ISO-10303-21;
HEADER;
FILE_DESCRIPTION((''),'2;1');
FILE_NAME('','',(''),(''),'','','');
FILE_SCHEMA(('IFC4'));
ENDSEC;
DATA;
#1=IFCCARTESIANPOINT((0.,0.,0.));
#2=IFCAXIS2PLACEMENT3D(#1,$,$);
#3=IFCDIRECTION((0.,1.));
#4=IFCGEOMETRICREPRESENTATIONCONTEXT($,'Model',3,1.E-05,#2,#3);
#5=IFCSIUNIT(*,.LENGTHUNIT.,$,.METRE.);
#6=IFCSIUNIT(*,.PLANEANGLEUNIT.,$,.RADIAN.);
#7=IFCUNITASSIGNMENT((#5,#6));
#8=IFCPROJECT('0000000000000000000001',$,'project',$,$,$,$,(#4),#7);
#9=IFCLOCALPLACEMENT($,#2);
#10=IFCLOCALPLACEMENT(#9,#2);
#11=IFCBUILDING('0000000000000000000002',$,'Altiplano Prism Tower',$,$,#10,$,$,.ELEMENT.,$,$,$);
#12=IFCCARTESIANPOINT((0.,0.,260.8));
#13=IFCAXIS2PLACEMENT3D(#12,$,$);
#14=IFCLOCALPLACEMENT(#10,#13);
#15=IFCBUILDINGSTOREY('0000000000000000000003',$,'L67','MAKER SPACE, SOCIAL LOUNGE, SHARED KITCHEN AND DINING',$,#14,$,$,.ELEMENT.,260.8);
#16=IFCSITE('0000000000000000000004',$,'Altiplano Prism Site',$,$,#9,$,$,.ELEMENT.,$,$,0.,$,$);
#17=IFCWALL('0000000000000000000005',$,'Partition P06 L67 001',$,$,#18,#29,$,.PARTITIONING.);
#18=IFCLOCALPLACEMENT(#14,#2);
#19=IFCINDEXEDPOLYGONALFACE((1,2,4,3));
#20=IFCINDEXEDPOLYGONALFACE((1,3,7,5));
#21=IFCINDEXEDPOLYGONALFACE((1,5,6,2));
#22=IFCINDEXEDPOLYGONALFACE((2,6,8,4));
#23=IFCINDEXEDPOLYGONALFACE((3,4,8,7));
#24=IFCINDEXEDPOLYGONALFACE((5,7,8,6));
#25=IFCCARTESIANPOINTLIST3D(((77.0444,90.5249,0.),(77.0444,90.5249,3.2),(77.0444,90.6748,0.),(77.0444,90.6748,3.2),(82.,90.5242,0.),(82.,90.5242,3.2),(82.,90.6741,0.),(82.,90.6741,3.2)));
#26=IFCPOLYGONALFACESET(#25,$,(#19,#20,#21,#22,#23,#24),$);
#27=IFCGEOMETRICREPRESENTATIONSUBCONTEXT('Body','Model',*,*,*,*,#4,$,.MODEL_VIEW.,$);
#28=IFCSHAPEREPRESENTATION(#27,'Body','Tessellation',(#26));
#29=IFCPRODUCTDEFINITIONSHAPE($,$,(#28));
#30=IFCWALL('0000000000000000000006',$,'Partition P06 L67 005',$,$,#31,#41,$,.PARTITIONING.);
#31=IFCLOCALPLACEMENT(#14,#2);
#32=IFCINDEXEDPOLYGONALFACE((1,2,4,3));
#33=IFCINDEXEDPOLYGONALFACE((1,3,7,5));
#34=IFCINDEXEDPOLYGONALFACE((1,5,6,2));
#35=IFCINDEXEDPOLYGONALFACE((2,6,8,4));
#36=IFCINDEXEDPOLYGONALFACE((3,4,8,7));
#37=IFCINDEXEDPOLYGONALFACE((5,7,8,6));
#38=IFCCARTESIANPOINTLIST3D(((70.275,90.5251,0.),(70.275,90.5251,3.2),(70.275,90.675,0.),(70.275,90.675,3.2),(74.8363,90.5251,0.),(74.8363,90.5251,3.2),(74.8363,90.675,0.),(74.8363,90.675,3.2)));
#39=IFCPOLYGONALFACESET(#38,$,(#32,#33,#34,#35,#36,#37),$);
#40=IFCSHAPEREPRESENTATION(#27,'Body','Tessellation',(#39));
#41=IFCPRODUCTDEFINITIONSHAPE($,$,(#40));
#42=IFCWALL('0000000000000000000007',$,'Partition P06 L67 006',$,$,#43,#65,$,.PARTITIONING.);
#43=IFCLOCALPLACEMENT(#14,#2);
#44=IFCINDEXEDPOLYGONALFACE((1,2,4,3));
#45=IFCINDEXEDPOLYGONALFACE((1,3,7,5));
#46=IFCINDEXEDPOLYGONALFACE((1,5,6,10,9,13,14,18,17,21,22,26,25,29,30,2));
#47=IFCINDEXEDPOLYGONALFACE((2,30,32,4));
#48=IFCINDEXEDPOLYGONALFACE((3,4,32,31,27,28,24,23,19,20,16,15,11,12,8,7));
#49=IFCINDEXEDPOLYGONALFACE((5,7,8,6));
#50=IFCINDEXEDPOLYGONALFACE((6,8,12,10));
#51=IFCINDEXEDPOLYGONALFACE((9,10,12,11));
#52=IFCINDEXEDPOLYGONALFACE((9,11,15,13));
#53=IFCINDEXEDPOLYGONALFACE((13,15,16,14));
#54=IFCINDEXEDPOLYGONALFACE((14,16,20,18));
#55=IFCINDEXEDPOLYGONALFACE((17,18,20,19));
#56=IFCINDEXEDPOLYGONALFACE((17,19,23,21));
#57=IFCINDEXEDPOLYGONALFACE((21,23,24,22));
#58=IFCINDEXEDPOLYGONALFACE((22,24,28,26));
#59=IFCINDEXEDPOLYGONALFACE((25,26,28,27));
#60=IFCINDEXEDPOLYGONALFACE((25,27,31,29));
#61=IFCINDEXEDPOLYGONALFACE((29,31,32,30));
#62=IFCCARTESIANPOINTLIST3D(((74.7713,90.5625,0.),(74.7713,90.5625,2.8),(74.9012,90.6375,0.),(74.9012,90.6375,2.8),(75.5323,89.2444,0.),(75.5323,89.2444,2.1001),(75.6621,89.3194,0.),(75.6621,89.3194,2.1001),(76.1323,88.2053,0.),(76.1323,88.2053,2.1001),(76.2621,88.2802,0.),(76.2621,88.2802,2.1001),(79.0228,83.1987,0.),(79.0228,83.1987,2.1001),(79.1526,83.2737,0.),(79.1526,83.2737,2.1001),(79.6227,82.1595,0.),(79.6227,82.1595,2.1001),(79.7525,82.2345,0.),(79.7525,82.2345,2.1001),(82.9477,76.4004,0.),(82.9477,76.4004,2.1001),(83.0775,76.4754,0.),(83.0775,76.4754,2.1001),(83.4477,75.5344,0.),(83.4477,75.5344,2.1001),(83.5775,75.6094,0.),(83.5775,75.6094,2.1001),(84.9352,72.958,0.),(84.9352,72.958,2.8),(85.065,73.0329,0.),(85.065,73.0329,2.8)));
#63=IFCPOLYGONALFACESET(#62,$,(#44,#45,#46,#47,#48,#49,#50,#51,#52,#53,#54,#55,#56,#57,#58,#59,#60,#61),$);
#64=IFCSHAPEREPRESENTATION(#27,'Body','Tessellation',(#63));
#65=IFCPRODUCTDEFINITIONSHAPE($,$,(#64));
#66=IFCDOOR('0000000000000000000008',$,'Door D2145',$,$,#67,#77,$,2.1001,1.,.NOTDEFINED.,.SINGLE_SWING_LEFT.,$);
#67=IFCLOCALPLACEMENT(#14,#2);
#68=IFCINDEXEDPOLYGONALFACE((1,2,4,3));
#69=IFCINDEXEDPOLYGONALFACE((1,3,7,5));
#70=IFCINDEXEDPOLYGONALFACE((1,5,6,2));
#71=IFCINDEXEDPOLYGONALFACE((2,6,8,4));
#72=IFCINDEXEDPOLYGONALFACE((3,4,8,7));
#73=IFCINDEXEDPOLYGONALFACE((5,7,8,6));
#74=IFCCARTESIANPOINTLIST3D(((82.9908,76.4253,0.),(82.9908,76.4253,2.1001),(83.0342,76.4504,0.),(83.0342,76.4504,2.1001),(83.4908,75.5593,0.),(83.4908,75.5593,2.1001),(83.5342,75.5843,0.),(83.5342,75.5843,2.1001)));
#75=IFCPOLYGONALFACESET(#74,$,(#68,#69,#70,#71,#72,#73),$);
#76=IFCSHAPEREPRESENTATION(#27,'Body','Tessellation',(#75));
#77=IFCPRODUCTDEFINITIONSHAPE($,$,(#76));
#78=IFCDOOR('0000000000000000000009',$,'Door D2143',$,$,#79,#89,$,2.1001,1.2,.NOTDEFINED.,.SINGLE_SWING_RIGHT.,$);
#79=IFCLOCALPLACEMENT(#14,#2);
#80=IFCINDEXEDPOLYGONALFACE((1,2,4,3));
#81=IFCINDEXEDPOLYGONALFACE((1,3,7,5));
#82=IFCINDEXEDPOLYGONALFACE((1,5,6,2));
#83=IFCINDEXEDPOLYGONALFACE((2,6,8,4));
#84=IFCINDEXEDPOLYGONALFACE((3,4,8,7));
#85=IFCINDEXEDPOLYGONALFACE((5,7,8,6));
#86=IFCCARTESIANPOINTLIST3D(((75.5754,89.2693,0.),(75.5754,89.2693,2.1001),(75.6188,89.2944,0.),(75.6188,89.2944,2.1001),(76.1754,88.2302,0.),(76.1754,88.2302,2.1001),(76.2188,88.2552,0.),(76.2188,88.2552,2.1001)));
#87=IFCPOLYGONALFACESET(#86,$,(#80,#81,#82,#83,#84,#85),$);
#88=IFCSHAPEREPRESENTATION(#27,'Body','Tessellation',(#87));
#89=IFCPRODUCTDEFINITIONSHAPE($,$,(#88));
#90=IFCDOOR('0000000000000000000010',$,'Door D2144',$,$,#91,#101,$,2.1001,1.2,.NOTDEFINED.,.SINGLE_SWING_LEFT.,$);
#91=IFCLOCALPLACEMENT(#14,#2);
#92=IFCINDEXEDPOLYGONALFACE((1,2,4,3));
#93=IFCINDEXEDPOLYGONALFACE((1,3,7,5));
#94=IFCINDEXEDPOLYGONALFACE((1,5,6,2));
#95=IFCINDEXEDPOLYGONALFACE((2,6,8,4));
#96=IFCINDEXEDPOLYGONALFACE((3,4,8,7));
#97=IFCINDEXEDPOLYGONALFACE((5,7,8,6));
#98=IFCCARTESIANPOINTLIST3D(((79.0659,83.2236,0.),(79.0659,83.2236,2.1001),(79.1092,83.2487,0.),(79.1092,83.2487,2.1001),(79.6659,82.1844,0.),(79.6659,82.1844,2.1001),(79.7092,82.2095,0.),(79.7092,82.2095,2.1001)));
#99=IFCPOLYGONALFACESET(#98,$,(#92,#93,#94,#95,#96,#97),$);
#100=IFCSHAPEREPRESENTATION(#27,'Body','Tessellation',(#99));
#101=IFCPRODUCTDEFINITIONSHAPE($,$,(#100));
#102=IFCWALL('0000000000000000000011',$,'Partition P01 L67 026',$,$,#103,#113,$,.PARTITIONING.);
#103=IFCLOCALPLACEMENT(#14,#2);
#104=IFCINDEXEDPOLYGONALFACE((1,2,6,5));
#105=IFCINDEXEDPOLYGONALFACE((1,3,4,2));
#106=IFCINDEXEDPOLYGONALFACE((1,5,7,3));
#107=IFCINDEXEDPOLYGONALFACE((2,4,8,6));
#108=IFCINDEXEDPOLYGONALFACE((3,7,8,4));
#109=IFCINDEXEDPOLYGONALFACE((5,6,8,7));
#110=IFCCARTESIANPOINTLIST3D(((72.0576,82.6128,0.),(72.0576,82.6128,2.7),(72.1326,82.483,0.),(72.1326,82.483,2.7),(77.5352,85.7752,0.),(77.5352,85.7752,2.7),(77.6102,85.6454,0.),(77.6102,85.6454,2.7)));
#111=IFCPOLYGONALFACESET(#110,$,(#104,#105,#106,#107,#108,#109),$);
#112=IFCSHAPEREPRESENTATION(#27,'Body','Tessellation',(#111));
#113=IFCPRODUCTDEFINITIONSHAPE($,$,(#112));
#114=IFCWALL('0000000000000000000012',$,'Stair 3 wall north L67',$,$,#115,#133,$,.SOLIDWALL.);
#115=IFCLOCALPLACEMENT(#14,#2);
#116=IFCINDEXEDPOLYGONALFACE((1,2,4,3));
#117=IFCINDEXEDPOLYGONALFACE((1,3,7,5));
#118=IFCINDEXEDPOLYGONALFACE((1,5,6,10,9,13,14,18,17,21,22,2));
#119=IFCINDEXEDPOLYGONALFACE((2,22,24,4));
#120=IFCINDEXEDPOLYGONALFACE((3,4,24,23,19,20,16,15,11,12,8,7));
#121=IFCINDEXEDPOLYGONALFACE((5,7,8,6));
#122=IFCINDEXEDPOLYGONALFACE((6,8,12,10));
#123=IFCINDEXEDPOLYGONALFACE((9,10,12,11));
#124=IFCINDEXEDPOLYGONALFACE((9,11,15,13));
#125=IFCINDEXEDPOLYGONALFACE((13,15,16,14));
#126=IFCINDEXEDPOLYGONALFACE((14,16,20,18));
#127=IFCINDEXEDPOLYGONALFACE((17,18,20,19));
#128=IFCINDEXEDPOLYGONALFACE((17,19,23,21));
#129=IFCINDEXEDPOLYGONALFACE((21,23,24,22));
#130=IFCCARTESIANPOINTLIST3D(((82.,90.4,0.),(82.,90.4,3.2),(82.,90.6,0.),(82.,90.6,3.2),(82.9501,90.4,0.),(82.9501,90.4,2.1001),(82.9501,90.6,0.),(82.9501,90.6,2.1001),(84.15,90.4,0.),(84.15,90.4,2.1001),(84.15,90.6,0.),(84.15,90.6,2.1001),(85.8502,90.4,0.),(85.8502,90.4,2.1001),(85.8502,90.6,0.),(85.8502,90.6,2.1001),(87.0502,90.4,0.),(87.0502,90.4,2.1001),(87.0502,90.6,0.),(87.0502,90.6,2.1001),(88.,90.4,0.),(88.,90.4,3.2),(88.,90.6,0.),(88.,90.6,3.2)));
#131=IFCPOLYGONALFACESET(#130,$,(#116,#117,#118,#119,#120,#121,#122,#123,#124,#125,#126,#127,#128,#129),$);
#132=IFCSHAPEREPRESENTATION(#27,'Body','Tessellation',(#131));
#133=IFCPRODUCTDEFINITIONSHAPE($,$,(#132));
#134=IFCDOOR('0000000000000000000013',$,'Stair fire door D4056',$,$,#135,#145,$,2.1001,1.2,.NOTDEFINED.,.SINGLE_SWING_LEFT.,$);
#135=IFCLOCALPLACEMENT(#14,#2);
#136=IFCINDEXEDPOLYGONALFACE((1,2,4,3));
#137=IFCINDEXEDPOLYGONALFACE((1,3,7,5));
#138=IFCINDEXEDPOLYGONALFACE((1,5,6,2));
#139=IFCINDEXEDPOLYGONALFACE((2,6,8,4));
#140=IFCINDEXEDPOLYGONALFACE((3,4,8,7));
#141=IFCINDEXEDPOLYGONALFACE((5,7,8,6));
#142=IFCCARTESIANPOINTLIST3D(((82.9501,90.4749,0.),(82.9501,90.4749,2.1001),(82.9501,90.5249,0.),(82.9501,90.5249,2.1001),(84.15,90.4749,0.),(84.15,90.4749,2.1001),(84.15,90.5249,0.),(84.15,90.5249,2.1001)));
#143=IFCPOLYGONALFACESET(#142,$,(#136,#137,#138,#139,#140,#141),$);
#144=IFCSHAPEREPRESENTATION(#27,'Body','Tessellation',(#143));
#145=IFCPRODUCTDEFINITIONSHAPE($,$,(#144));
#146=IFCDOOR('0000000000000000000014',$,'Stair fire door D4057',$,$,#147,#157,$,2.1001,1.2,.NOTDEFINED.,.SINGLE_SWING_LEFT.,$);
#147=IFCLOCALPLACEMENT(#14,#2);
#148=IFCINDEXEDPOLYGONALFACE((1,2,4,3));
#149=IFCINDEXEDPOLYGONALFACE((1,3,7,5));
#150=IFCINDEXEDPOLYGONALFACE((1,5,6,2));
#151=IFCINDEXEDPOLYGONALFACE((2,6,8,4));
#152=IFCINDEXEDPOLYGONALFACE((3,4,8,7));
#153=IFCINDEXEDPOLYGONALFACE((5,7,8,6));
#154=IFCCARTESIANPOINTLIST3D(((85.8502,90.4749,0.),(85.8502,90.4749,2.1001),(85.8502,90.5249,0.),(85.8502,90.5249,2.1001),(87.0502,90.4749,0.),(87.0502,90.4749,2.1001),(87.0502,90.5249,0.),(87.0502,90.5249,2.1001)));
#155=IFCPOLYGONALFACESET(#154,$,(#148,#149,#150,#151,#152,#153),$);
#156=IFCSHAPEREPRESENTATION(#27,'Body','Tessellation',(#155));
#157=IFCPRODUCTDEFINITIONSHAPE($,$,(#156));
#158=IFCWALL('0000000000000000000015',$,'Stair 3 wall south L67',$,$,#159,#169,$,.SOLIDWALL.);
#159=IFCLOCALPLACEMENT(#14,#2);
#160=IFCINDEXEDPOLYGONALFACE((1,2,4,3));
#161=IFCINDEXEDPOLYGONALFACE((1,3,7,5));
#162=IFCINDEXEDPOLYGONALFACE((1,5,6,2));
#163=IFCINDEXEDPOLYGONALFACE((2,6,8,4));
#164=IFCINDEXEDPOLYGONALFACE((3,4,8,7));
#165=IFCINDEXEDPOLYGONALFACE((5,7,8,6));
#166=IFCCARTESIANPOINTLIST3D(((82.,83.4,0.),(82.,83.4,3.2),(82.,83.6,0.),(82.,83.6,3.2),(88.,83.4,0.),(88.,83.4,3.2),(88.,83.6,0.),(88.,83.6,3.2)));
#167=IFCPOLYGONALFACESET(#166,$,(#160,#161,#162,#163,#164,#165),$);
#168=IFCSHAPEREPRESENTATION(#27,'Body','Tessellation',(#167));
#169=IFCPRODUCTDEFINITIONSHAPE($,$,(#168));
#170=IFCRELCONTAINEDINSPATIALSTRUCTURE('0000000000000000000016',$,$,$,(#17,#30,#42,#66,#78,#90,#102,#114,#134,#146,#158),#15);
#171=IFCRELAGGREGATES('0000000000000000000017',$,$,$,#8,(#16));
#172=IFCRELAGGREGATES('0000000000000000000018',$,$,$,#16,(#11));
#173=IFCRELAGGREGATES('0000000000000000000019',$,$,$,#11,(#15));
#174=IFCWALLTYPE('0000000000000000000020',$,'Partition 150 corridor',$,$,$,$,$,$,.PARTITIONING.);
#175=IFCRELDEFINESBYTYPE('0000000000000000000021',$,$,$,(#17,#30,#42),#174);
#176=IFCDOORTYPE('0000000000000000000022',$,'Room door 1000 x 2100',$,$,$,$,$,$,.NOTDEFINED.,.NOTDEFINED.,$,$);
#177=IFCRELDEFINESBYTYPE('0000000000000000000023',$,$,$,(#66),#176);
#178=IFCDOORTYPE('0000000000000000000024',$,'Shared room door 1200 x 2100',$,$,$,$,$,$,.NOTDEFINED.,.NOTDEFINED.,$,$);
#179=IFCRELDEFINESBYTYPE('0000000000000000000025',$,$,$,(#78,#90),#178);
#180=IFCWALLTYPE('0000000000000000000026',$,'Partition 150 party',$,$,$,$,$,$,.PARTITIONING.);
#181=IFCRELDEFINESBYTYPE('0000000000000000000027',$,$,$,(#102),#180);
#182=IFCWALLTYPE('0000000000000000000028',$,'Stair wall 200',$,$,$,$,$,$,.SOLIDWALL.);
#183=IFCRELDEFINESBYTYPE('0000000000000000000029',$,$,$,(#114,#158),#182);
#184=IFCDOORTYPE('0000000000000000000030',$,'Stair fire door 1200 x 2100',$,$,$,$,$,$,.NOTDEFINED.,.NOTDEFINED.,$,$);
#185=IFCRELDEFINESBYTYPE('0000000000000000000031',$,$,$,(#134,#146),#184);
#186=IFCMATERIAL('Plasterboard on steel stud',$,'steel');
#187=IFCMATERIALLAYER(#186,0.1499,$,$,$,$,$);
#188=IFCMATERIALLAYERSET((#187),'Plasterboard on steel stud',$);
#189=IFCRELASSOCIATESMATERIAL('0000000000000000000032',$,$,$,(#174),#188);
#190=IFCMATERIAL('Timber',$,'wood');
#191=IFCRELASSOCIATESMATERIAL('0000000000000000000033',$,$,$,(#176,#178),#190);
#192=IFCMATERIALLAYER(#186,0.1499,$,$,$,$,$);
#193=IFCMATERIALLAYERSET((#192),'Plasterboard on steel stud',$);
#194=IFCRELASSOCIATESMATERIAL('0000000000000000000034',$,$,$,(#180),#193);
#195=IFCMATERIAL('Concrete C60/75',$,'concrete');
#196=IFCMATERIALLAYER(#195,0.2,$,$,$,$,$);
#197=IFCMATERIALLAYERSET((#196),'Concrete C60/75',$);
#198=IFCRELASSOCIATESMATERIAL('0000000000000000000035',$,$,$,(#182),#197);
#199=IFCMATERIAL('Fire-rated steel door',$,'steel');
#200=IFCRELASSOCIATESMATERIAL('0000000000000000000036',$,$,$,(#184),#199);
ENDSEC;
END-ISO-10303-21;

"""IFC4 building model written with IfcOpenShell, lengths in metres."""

from ifc_helpers import new_model, si_unit, direction, frame, frame_2d, origin, place, context, subcontext, project, spatial, rectangle, extrude, material, layer, layer_set, type_object, element, fill, save


model = new_model("IFC4")

# Units and contexts
model_context = context("Model", 3, precision=1e-05, world=origin(), true_north=direction((0.0, 1.0)))
body_context = subcontext(model_context, "Body", "Model", "MODEL_VIEW")
ifc_project = project(units=[si_unit("LENGTHUNIT", "METRE"), si_unit("PLANEANGLEUNIT", "RADIAN")], contexts=[model_context])

# Site, building, storey
site_placement = place(None, origin())
site = spatial("IfcSite", under=ifc_project, at=site_placement, Name="Altiplano Prism Site", CompositionType="ELEMENT", RefElevation=0.0)
building_placement = place(site_placement, origin())
building = spatial("IfcBuilding", under=site, at=building_placement, Name="Altiplano Prism Tower", CompositionType="ELEMENT")
storey_placement = place(building_placement, frame((0.0, 0.0, 260.8)))
storey = spatial("IfcBuildingStorey", under=building, at=storey_placement, Name="L67", Description="MAKER SPACE, SOCIAL LOUNGE, SHARED KITCHEN AND DINING", CompositionType="ELEMENT", Elevation=260.8)

# Shared definitions
ifc_material_1 = material(Name="Concrete C60/75", Category="concrete")

# Walls
ifc_material_2 = material(Name="Plasterboard on steel stud", Category="steel")
ifc_layer_1 = layer(ifc_material_2, 0.1499)
ifc_layer_set_1 = layer_set([ifc_layer_1], Name="Plasterboard on steel stud")
wall_type_1 = type_object("IfcWallType", Name="Partition 150 corridor", PredefinedType="PARTITIONING", material=ifc_layer_set_1)
wall_1_placement = place(storey_placement, frame((77.0444, 90.5999, 0.0), z_axis=(0.0, 0.0, 1.0), x_axis=(1.0, -0.000148, 0.0)))
element("IfcWall", 1, at=wall_1_placement, inside=storey, type_object=wall_type_1, Name="Partition P06 L67 001", PredefinedType="PARTITIONING", context=body_context, shape_type="SweptSolid", body=[
    extrude(rectangle(XDim=4.9556, YDim=0.1499, at=frame_2d((2.4778, 0.0))), origin(), (0.0, 0.0, 1.0), 3.2),
])
wall_2_placement = place(storey_placement, frame((70.2749, 90.6001, 0.0), z_axis=(0.0, 0.0, 1.0), x_axis=(1.0, 0.0, 0.0)))
element("IfcWall", 2, at=wall_2_placement, inside=storey, type_object=wall_type_1, Name="Partition P06 L67 005", PredefinedType="PARTITIONING", context=body_context, shape_type="SweptSolid", body=[
    extrude(rectangle(XDim=4.5613, YDim=0.1499, at=frame_2d((2.2808, 0.0))), origin(), (0.0, 0.0, 1.0), 3.2),
])

# Wall, openings, doors
wall_3_placement = place(storey_placement, frame((74.8362, 90.6001, 0.0), z_axis=(0.0, 0.0, 1.0), x_axis=(0.499995, -0.866028, 0.0)))
wall_3 = element("IfcWall", 3, at=wall_3_placement, inside=storey, type_object=wall_type_1, Name="Partition P06 L67 006", PredefinedType="PARTITIONING", context=body_context, shape_type="SweptSolid", body=[
    extrude(rectangle(XDim=20.3279, YDim=0.1499, at=frame_2d((10.1641, 0.0))), origin(), (0.0, 0.0, 1.0), 2.8),
])
opening_1_placement = place(wall_3_placement, frame((1.522, 0.0, 0.0)))
opening_1 = element("IfcOpeningElement", 4, at=opening_1_placement, cuts=wall_3, PredefinedType="OPENING", context=body_context, shape_type="SweptSolid", body=[
    extrude(rectangle(XDim=1.2, YDim=2.1001, at=frame_2d((0.6001, 1.05))), frame((0.0, 0.0854, 0.0), z_axis=(0.0, -1.0, 0.0), x_axis=(1.0, 0.0, 0.0)), (0.0, 0.0, 1.0), 0.1709),
])
opening_2_placement = place(wall_3_placement, frame((8.5029, 0.0, 0.0)))
opening_2 = element("IfcOpeningElement", 5, at=opening_2_placement, cuts=wall_3, PredefinedType="OPENING", context=body_context, shape_type="SweptSolid", body=[
    extrude(rectangle(XDim=1.2, YDim=2.1001, at=frame_2d((0.6001, 1.05))), frame((0.0, 0.0854, 0.0), z_axis=(0.0, -1.0, 0.0), x_axis=(1.0, 0.0, 0.0)), (0.0, 0.0, 1.0), 0.1709),
])
opening_3_placement = place(wall_3_placement, frame((16.353, 0.0, 0.0)))
opening_3 = element("IfcOpeningElement", 6, at=opening_3_placement, cuts=wall_3, PredefinedType="OPENING", context=body_context, shape_type="SweptSolid", body=[
    extrude(rectangle(XDim=1.0, YDim=2.1001, at=frame_2d((0.5, 1.05))), frame((0.0, 0.0854, 0.0), z_axis=(0.0, -1.0, 0.0), x_axis=(1.0, 0.0, 0.0)), (0.0, 0.0, 1.0), 0.1709),
])
ifc_material_3 = material(Name="Timber", Category="wood")
door_type_1 = type_object("IfcDoorType", Name="Room door 1000 x 2100", OperationType="NOTDEFINED", PredefinedType="NOTDEFINED", material=ifc_material_3)
door_1_placement = place(opening_3_placement, origin())
door_1 = element("IfcDoor", 7, at=door_1_placement, inside=storey, type_object=door_type_1, Name="Door D2145", OperationType="SINGLE_SWING_LEFT", OverallHeight=2.1001, OverallWidth=1.0, PredefinedType="NOTDEFINED", context=body_context, shape_type="SweptSolid", body=[
    extrude(rectangle(XDim=1.0, YDim=2.1001, at=frame_2d((0.5, 1.05))), frame((0.0, 0.0249, 0.0), z_axis=(0.0, -1.0, 0.0), x_axis=(1.0, 0.0, 0.0)), (0.0, 0.0, 1.0), 0.05),
])
fill(opening_3, door_1)
door_type_2 = type_object("IfcDoorType", Name="Shared room door 1200 x 2100", OperationType="NOTDEFINED", PredefinedType="NOTDEFINED", material=ifc_material_3)
door_2_placement = place(opening_1_placement, origin())
door_2 = element("IfcDoor", 8, at=door_2_placement, inside=storey, type_object=door_type_2, Name="Door D2143", OperationType="SINGLE_SWING_RIGHT", OverallHeight=2.1001, OverallWidth=1.2, PredefinedType="NOTDEFINED", context=body_context, shape_type="SweptSolid", body=[
    extrude(rectangle(XDim=1.2, YDim=2.1001, at=frame_2d((0.6001, 1.05))), frame((0.0, 0.0249, 0.0), z_axis=(0.0, -1.0, 0.0), x_axis=(1.0, 0.0, 0.0)), (0.0, 0.0, 1.0), 0.05),
])
fill(opening_1, door_2)
door_3_placement = place(opening_2_placement, origin())
door_3 = element("IfcDoor", 9, at=door_3_placement, inside=storey, type_object=door_type_2, Name="Door D2144", OperationType="SINGLE_SWING_LEFT", OverallHeight=2.1001, OverallWidth=1.2, PredefinedType="NOTDEFINED", context=body_context, shape_type="SweptSolid", body=[
    extrude(rectangle(XDim=1.2, YDim=2.1001, at=frame_2d((0.6001, 1.05))), frame((0.0, 0.0249, 0.0), z_axis=(0.0, -1.0, 0.0), x_axis=(1.0, 0.0, 0.0)), (0.0, 0.0, 1.0), 0.05),
])
fill(opening_2, door_3)

# Wall
ifc_layer_2 = layer(ifc_material_2, 0.1499)
ifc_layer_set_2 = layer_set([ifc_layer_2], Name="Plasterboard on steel stud")
wall_type_2 = type_object("IfcWallType", Name="Partition 150 party", PredefinedType="PARTITIONING", material=ifc_layer_set_2)
wall_4_placement = place(storey_placement, frame((72.095, 82.5479, 0.0), z_axis=(0.0, 0.0, 1.0), x_axis=(0.866033, 0.499988, 0.0)))
element("IfcWall", 10, at=wall_4_placement, inside=storey, type_object=wall_type_2, Name="Partition P01 L67 026", PredefinedType="PARTITIONING", context=body_context, shape_type="SweptSolid", body=[
    extrude(rectangle(XDim=6.325, YDim=0.1499, at=frame_2d((3.1626, 0.0))), origin(), (0.0, 0.0, 1.0), 2.7),
])

# Wall, openings, doors
ifc_layer_3 = layer(ifc_material_1, 0.2)
ifc_layer_set_3 = layer_set([ifc_layer_3], Name="Concrete C60/75")
wall_type_3 = type_object("IfcWallType", Name="Stair wall 200", PredefinedType="SOLIDWALL", material=ifc_layer_set_3)
wall_5_placement = place(storey_placement, frame((82.0, 90.5, 0.0), z_axis=(0.0, 0.0, 1.0), x_axis=(1.0, 0.0, 0.0)))
wall_5 = element("IfcWall", 11, at=wall_5_placement, inside=storey, type_object=wall_type_3, Name="Stair 3 wall north L67", PredefinedType="SOLIDWALL", context=body_context, shape_type="SweptSolid", body=[
    extrude(rectangle(XDim=6.0, YDim=0.2, at=frame_2d((3.0, 0.0))), origin(), (0.0, 0.0, 1.0), 3.2),
])
opening_4_placement = place(wall_5_placement, frame((0.95, 0.0, 0.0)))
opening_4 = element("IfcOpeningElement", 12, at=opening_4_placement, cuts=wall_5, PredefinedType="OPENING", context=body_context, shape_type="SweptSolid", body=[
    extrude(rectangle(XDim=1.2, YDim=2.1001, at=frame_2d((0.6001, 1.05))), frame((0.0, 0.1104, 0.0), z_axis=(0.0, -1.0, 0.0), x_axis=(1.0, 0.0, 0.0)), (0.0, 0.0, 1.0), 0.2209),
])
opening_5_placement = place(wall_5_placement, frame((3.8501, 0.0, 0.0)))
opening_5 = element("IfcOpeningElement", 13, at=opening_5_placement, cuts=wall_5, PredefinedType="OPENING", context=body_context, shape_type="SweptSolid", body=[
    extrude(rectangle(XDim=1.2, YDim=2.1001, at=frame_2d((0.6001, 1.05))), frame((0.0, 0.1104, 0.0), z_axis=(0.0, -1.0, 0.0), x_axis=(1.0, 0.0, 0.0)), (0.0, 0.0, 1.0), 0.2209),
])
ifc_material_4 = material(Name="Fire-rated steel door", Category="steel")
door_type_3 = type_object("IfcDoorType", Name="Stair fire door 1200 x 2100", OperationType="NOTDEFINED", PredefinedType="NOTDEFINED", material=ifc_material_4)
door_4_placement = place(opening_4_placement, origin())
door_4 = element("IfcDoor", 14, at=door_4_placement, inside=storey, type_object=door_type_3, Name="Stair fire door D4056", OperationType="SINGLE_SWING_LEFT", OverallHeight=2.1001, OverallWidth=1.2, PredefinedType="NOTDEFINED", context=body_context, shape_type="SweptSolid", body=[
    extrude(rectangle(XDim=1.2, YDim=2.1001, at=frame_2d((0.6001, 1.05))), frame((0.0, 0.0249, 0.0), z_axis=(0.0, -1.0, 0.0), x_axis=(1.0, 0.0, 0.0)), (0.0, 0.0, 1.0), 0.05),
])
fill(opening_4, door_4)
door_5_placement = place(opening_5_placement, origin())
door_5 = element("IfcDoor", 15, at=door_5_placement, inside=storey, type_object=door_type_3, Name="Stair fire door D4057", OperationType="SINGLE_SWING_LEFT", OverallHeight=2.1001, OverallWidth=1.2, PredefinedType="NOTDEFINED", context=body_context, shape_type="SweptSolid", body=[
    extrude(rectangle(XDim=1.2, YDim=2.1001, at=frame_2d((0.6001, 1.05))), frame((0.0, 0.0249, 0.0), z_axis=(0.0, -1.0, 0.0), x_axis=(1.0, 0.0, 0.0)), (0.0, 0.0, 1.0), 0.05),
])
fill(opening_5, door_5)

# Wall
wall_6_placement = place(storey_placement, frame((82.0, 83.5, 0.0), z_axis=(0.0, 0.0, 1.0), x_axis=(1.0, 0.0, 0.0)))
element("IfcWall", 16, at=wall_6_placement, inside=storey, type_object=wall_type_3, Name="Stair 3 wall south L67", PredefinedType="SOLIDWALL", context=body_context, shape_type="SweptSolid", body=[
    extrude(rectangle(XDim=6.0, YDim=0.2, at=frame_2d((3.0, 0.0))), origin(), (0.0, 0.0, 1.0), 3.2),
])

save(model, "model.ifc")
